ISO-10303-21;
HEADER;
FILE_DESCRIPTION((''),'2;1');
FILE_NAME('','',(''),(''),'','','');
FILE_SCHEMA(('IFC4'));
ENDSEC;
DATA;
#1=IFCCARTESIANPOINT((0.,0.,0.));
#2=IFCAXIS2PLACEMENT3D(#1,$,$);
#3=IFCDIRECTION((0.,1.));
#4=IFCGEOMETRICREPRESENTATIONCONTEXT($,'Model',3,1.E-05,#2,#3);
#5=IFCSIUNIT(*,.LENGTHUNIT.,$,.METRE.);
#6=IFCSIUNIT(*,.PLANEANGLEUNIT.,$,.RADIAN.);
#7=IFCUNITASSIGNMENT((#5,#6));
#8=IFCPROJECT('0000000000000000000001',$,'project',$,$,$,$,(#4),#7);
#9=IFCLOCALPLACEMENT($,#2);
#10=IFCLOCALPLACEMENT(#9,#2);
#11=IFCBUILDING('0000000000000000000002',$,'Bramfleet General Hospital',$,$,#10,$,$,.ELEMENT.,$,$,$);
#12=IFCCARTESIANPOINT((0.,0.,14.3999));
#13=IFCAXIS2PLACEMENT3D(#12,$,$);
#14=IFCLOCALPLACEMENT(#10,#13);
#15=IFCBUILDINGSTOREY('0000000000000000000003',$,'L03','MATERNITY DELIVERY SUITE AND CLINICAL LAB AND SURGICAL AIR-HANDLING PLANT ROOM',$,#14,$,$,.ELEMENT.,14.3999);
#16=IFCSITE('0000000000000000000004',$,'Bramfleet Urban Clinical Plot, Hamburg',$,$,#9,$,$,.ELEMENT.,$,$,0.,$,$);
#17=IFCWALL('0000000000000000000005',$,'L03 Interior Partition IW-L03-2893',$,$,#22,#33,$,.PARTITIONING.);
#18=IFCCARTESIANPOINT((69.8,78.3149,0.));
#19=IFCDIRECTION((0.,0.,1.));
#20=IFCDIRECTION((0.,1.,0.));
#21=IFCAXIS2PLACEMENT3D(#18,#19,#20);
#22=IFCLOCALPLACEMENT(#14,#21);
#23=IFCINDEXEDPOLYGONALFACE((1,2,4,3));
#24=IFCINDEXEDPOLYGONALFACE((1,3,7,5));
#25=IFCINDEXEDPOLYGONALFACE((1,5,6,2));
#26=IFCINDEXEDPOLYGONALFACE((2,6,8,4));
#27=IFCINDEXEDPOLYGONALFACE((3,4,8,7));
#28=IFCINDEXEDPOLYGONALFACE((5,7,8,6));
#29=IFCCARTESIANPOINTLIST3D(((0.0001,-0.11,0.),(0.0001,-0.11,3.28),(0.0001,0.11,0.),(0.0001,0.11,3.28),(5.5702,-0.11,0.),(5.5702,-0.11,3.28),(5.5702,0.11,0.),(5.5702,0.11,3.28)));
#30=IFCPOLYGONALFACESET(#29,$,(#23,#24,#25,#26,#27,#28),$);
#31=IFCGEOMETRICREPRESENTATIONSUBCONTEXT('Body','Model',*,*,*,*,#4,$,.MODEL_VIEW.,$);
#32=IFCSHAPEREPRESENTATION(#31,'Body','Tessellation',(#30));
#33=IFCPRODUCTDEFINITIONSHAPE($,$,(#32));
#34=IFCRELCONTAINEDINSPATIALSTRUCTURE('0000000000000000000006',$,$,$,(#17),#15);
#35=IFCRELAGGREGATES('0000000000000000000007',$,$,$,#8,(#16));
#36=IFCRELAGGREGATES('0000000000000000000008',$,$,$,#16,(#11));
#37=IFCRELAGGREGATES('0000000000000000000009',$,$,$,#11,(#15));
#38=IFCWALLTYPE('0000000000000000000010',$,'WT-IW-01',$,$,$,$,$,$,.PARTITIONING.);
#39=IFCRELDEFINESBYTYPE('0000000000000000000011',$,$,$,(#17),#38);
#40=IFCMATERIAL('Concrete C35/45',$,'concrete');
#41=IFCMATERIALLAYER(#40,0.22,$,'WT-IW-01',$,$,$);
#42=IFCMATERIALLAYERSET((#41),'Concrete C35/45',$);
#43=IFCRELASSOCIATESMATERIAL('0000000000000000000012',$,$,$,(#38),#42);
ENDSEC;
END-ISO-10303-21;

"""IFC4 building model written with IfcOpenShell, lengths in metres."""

from ifc_helpers import new_model, si_unit, direction, frame, frame_2d, origin, place, context, subcontext, project, spatial, rectangle, extrude, material, layer, layer_set, type_object, element, save


model = new_model("IFC4")

# Units and contexts
model_context = context("Model", 3, precision=1e-05, world=origin(), true_north=direction((0.0, 1.0)))
body_context = subcontext(model_context, "Body", "Model", "MODEL_VIEW")
ifc_project = project(units=[si_unit("LENGTHUNIT", "METRE"), si_unit("PLANEANGLEUNIT", "RADIAN")], contexts=[model_context])

# Site, building, storey
site_placement = place(None, origin())
site = spatial("IfcSite", under=ifc_project, at=site_placement, Name="Bramfleet Urban Clinical Plot, Hamburg", CompositionType="ELEMENT", RefElevation=0.0)
building_placement = place(site_placement, origin())
building = spatial("IfcBuilding", under=site, at=building_placement, Name="Bramfleet General Hospital", CompositionType="ELEMENT")
storey_placement = place(building_placement, frame((0.0, 0.0, 14.3999)))
storey = spatial("IfcBuildingStorey", under=building, at=storey_placement, Name="L03", Description="MATERNITY DELIVERY SUITE AND CLINICAL LAB AND SURGICAL AIR-HANDLING PLANT ROOM", CompositionType="ELEMENT", Elevation=14.3999)

# Shared definitions
ifc_material_1 = material(Name="Concrete C35/45", Category="concrete")
ifc_layer_1 = layer(ifc_material_1, 0.22, Name="WT-IW-01")
ifc_layer_set_1 = layer_set([ifc_layer_1], Name="Concrete C35/45")
wall_type_1 = type_object("IfcWallType", Name="WT-IW-01", PredefinedType="PARTITIONING", material=ifc_layer_set_1)

# Wall
wall_1_placement = place(storey_placement, frame((69.8, 78.3149, 0.0), z_axis=(0.0, 0.0, 1.0), x_axis=(0.0, 1.0, 0.0)))
element("IfcWall", 1, at=wall_1_placement, inside=storey, type_object=wall_type_1, Name="L03 Interior Partition IW-L03-2893", PredefinedType="PARTITIONING", context=body_context, shape_type="SweptSolid", body=[
    extrude(rectangle(XDim=5.5701, YDim=0.22, at=frame_2d((2.7852, 0.0))), origin(), (0.0, 0.0, 1.0), 3.28),
])

save(model, "model.ifc")
